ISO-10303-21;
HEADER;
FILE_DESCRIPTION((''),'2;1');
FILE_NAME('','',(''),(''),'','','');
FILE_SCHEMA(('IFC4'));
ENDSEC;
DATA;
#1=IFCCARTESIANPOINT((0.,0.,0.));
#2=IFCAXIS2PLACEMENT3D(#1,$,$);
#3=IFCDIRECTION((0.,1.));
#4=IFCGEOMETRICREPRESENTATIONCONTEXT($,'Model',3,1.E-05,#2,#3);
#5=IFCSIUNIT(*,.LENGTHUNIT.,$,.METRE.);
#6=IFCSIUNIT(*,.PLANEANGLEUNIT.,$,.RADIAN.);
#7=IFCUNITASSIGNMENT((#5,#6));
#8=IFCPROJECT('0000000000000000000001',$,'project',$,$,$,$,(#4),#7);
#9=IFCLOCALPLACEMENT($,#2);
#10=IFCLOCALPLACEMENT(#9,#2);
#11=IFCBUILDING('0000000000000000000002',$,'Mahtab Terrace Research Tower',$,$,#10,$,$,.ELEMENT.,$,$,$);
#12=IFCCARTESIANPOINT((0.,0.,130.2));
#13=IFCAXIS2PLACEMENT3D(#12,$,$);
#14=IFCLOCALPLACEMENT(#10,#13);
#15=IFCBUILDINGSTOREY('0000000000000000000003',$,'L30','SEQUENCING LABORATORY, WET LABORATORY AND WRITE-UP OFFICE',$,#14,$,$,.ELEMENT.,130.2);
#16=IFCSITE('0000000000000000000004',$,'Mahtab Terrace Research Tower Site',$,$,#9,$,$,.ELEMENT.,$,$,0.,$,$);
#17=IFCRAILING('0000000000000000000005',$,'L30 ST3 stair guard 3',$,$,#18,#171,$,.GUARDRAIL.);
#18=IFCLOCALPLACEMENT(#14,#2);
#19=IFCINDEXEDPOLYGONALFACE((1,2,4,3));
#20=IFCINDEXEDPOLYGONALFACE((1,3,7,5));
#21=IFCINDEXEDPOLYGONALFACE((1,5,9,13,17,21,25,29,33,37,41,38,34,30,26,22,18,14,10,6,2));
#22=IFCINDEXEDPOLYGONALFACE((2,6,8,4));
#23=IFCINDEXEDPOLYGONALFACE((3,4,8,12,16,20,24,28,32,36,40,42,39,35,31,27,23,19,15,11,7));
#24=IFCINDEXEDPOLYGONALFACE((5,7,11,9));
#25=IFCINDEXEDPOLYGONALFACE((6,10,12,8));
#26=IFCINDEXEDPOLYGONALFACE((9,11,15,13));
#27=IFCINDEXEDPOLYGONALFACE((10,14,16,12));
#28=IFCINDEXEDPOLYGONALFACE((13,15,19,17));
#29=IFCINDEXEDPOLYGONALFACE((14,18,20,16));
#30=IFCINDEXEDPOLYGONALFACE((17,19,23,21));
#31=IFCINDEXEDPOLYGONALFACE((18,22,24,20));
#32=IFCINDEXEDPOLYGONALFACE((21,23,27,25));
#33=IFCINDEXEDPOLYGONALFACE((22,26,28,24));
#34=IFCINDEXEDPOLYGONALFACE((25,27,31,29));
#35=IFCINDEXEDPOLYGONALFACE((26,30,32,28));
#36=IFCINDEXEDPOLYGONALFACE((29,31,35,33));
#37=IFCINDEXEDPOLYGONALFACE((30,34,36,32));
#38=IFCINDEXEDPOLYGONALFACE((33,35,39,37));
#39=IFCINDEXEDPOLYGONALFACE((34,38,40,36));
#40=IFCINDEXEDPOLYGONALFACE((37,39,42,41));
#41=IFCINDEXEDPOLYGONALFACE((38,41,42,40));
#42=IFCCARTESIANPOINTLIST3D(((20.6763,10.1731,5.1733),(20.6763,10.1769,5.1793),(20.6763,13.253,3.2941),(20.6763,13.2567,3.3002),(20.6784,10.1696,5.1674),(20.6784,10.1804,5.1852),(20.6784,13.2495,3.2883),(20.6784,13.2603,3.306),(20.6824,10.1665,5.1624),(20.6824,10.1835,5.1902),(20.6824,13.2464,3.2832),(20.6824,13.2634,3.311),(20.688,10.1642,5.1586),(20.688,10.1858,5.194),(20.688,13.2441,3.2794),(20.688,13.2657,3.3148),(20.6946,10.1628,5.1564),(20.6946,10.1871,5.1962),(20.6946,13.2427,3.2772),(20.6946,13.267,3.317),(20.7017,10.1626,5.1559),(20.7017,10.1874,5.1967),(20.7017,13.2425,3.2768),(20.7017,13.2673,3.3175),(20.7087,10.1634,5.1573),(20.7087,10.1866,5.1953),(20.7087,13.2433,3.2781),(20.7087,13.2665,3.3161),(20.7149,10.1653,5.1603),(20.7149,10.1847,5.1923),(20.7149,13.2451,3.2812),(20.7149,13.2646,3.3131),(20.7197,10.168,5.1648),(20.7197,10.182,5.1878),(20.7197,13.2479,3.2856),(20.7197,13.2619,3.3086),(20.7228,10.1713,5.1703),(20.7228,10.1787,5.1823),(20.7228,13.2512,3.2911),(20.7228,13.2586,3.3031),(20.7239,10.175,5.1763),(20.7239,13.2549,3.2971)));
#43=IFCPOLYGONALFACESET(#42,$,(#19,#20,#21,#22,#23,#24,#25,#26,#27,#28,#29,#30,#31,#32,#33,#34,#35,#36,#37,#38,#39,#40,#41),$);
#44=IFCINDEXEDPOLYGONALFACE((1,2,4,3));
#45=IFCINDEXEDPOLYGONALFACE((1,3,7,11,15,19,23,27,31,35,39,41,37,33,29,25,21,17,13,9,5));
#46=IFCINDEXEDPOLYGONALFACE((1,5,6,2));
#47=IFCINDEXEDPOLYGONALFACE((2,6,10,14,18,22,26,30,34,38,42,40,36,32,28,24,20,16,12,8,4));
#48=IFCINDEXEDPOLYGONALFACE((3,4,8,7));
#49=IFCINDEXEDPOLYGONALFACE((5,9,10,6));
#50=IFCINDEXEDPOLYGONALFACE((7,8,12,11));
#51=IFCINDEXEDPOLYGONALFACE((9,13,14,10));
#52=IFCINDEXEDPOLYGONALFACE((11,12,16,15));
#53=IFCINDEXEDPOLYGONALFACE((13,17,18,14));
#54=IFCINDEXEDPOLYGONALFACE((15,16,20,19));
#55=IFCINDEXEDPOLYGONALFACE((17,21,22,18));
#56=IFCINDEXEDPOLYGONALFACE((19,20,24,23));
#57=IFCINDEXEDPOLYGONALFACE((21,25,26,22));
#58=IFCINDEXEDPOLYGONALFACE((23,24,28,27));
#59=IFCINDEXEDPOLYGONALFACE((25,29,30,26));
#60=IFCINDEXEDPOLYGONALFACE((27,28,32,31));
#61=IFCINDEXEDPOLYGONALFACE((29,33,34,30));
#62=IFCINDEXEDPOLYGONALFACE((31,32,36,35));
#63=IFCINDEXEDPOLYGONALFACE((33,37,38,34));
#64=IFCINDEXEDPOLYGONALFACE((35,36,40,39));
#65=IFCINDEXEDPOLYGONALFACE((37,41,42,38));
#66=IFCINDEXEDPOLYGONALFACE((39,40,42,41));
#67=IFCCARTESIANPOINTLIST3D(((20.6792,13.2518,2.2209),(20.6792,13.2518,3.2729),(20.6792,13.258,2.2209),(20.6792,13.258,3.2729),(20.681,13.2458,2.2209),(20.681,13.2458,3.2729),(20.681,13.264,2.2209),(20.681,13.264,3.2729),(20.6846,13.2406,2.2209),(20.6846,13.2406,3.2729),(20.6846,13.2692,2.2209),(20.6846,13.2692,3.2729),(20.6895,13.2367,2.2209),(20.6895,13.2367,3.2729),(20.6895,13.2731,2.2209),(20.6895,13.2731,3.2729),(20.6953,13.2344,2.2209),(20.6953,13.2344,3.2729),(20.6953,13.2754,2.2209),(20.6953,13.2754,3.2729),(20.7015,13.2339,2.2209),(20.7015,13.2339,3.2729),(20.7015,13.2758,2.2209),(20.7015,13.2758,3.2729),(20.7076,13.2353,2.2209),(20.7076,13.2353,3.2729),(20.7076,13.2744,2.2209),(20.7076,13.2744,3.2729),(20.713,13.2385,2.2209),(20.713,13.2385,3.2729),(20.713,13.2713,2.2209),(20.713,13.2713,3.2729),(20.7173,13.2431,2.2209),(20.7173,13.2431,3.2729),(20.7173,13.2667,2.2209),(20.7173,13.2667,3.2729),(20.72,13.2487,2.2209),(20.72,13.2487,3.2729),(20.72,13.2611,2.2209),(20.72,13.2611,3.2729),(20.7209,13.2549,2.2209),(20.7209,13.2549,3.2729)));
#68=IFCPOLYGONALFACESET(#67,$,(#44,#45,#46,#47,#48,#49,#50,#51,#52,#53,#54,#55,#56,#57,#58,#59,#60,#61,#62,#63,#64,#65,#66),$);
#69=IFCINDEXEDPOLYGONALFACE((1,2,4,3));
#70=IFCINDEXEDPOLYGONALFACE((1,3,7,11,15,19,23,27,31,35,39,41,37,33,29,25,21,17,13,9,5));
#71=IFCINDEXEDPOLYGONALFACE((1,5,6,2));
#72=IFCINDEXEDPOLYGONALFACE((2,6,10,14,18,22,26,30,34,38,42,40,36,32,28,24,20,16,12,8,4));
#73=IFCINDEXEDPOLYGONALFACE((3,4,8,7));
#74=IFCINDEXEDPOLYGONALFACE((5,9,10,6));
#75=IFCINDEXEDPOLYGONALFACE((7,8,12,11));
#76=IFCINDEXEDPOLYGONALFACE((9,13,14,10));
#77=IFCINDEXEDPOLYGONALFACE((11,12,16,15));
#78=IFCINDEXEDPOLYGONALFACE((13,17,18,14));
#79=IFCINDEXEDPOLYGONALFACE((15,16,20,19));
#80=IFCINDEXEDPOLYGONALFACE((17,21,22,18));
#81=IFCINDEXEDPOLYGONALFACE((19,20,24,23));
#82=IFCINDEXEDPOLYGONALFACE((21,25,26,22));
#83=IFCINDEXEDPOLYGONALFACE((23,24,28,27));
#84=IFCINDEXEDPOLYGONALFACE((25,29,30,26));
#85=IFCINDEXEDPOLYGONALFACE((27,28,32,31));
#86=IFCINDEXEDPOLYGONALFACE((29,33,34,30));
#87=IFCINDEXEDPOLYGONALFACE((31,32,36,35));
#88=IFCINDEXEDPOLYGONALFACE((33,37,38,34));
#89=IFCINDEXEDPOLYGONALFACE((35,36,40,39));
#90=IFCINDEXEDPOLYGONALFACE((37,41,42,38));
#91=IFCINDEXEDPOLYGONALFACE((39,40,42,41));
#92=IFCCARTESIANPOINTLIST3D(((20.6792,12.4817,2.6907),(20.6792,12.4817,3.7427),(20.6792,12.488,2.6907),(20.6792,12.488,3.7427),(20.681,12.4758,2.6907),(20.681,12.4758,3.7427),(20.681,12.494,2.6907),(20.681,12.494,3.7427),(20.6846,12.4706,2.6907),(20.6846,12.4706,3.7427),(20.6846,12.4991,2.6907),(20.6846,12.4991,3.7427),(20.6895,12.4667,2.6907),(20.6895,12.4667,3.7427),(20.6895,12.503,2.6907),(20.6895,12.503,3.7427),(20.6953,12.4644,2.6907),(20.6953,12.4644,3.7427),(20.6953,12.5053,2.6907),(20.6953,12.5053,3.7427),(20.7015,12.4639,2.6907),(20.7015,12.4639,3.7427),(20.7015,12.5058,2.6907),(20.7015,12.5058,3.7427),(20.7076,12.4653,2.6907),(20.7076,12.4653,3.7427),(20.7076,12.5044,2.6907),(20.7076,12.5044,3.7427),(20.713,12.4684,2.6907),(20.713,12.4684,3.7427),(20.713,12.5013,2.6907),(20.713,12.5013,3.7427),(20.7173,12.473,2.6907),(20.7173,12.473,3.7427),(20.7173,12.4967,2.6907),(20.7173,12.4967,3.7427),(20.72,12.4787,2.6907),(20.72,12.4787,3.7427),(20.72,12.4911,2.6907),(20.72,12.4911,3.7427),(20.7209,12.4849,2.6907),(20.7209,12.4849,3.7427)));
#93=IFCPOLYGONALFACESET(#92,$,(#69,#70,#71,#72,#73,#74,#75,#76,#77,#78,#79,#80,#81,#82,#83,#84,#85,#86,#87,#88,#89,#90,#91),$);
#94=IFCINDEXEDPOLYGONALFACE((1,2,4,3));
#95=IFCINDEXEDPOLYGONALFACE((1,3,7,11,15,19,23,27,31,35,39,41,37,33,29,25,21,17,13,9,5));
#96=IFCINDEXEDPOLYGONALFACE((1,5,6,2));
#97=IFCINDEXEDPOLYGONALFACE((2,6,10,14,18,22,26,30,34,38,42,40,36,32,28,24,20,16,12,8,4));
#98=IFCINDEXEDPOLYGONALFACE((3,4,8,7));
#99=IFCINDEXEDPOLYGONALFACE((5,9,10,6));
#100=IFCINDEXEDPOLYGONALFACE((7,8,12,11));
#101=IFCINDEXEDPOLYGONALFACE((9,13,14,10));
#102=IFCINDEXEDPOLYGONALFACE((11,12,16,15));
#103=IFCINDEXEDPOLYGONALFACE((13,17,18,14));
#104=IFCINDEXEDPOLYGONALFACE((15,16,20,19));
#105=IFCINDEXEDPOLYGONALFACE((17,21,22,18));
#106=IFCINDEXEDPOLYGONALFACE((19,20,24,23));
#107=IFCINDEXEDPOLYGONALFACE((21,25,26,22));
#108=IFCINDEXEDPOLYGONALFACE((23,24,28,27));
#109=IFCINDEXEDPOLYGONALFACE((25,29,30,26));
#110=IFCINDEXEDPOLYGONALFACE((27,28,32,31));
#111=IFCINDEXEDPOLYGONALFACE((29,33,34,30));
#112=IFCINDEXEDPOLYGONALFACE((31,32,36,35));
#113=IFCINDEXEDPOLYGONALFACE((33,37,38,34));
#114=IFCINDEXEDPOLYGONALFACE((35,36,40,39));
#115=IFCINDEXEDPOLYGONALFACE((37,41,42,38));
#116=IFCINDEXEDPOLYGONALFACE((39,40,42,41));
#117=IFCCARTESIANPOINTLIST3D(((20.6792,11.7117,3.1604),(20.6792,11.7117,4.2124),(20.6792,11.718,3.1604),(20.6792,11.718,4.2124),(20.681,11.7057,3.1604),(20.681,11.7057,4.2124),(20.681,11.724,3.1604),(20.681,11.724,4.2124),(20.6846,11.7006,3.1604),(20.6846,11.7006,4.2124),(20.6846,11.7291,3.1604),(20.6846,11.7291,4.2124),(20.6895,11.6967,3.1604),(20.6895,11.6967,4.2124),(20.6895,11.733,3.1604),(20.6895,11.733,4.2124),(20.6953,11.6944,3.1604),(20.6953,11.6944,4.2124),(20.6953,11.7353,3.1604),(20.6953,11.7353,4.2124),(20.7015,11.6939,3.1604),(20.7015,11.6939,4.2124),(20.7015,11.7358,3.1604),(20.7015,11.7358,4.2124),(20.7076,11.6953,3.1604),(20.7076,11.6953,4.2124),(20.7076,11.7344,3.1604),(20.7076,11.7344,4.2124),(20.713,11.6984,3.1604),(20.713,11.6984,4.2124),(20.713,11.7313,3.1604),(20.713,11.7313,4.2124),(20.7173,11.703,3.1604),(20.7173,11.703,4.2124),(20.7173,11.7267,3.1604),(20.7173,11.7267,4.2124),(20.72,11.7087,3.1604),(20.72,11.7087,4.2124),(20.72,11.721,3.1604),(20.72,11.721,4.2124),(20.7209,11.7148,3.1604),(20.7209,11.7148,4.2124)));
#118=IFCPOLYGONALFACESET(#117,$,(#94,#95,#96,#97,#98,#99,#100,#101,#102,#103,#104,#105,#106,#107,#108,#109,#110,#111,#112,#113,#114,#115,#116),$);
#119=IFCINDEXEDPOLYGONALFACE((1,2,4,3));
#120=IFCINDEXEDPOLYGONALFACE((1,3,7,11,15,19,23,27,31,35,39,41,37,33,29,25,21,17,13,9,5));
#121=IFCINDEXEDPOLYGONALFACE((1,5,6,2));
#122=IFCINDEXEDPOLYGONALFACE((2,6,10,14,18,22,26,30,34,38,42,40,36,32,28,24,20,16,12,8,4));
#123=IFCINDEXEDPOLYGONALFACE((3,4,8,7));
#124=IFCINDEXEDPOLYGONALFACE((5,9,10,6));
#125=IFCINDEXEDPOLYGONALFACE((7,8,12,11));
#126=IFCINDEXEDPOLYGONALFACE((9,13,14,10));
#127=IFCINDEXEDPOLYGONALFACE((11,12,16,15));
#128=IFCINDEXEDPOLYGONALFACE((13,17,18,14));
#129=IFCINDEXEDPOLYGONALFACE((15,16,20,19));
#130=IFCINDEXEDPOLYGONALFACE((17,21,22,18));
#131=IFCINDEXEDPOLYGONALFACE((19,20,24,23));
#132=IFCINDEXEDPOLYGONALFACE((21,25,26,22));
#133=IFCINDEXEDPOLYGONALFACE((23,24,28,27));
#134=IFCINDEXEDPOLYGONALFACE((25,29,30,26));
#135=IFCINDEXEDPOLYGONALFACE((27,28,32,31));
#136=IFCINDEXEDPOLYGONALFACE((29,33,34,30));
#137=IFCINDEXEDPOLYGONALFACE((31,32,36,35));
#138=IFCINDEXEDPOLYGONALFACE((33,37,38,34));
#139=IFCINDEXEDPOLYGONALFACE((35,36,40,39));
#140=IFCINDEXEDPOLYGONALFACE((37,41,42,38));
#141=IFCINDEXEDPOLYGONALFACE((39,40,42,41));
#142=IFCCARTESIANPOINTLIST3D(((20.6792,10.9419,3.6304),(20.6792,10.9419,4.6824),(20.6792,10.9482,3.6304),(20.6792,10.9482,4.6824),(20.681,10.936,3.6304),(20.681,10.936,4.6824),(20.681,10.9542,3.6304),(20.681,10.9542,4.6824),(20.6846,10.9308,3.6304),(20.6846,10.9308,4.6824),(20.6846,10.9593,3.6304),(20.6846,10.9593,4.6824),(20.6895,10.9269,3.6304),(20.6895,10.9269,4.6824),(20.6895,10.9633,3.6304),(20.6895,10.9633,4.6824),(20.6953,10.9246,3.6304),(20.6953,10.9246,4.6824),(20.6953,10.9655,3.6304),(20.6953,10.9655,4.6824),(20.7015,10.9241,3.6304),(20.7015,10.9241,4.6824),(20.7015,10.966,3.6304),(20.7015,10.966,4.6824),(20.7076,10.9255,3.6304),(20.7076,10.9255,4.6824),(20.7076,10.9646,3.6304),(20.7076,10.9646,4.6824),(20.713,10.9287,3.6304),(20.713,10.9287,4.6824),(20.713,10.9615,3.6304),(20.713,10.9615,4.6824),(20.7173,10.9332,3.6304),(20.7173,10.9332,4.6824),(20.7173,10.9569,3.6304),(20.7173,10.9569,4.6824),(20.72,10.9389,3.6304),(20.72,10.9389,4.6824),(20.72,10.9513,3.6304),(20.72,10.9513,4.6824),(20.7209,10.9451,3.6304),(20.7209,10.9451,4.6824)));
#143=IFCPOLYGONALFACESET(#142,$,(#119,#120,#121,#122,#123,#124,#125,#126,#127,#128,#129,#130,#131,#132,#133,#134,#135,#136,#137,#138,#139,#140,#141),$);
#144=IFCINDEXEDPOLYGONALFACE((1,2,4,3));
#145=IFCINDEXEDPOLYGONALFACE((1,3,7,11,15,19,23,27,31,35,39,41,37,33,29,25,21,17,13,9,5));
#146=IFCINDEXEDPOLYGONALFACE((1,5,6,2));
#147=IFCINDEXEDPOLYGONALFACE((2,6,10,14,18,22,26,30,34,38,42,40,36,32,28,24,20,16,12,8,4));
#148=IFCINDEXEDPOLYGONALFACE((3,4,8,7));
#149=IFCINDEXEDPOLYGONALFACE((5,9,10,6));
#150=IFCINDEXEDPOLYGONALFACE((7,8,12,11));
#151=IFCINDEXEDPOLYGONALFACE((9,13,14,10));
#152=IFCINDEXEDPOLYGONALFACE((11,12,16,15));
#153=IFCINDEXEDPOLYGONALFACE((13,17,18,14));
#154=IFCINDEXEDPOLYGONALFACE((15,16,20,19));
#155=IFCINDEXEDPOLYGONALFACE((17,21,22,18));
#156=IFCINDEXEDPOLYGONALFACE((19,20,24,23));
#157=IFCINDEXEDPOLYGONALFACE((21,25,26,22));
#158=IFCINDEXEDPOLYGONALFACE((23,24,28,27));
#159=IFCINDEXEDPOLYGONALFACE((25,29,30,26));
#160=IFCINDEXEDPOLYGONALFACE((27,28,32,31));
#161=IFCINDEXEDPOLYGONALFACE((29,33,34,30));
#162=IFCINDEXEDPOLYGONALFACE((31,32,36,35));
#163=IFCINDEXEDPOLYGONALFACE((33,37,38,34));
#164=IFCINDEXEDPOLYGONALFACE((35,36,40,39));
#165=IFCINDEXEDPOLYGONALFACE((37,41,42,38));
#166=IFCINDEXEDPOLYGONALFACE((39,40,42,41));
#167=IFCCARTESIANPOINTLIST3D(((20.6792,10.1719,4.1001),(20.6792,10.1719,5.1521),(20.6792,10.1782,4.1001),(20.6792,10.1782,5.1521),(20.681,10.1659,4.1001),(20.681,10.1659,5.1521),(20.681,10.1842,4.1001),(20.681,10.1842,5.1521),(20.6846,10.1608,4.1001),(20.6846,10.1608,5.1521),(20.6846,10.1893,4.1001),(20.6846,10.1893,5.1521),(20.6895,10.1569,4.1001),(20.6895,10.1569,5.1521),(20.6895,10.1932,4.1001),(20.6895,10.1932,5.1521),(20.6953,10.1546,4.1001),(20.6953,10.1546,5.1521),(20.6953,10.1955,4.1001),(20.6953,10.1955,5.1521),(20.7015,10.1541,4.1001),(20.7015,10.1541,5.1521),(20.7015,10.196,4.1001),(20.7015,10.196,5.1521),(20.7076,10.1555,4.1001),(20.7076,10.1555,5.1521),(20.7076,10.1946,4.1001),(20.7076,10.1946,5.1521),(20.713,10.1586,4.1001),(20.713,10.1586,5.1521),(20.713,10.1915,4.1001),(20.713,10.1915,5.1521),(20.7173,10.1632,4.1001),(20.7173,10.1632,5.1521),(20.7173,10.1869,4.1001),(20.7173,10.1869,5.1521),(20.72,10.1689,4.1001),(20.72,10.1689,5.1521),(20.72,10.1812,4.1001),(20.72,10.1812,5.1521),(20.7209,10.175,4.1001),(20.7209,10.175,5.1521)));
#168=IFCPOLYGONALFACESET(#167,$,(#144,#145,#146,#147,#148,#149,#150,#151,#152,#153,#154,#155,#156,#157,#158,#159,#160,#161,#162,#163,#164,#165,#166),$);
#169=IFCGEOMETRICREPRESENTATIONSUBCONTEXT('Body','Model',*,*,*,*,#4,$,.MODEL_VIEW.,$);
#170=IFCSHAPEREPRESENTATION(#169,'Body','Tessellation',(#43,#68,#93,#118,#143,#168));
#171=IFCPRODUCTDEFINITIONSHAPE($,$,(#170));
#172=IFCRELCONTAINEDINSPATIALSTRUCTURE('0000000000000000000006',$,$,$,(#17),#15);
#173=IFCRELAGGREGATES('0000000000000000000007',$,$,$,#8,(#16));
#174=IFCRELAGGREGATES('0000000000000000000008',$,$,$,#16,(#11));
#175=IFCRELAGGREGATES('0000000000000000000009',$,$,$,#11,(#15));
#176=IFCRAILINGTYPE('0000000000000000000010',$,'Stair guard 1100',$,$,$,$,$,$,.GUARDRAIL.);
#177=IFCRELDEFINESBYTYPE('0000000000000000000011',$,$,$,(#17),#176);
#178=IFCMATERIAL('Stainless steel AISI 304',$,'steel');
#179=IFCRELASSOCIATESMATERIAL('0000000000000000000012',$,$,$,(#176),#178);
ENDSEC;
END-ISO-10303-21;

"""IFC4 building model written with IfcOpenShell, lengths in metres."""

from ifc_helpers import new_model, si_unit, direction, frame, origin, origin_2d, place, context, subcontext, project, spatial, circle, extrude, material, type_object, element, save


model = new_model("IFC4")

# Units and contexts
model_context = context("Model", 3, precision=1e-05, world=origin(), true_north=direction((0.0, 1.0)))
body_context = subcontext(model_context, "Body", "Model", "MODEL_VIEW")
ifc_project = project(units=[si_unit("LENGTHUNIT", "METRE"), si_unit("PLANEANGLEUNIT", "RADIAN")], contexts=[model_context])

# Site, building, storey
site_placement = place(None, origin())
site = spatial("IfcSite", under=ifc_project, at=site_placement, Name="Mahtab Terrace Research Tower Site", CompositionType="ELEMENT", RefElevation=0.0)
building_placement = place(site_placement, origin())
building = spatial("IfcBuilding", under=site, at=building_placement, Name="Mahtab Terrace Research Tower", CompositionType="ELEMENT")
storey_placement = place(building_placement, frame((0.0, 0.0, 130.2)))
storey = spatial("IfcBuildingStorey", under=building, at=storey_placement, Name="L30", Description="SEQUENCING LABORATORY, WET LABORATORY AND WRITE-UP OFFICE", CompositionType="ELEMENT", Elevation=130.2)

# Railing
ifc_material_1 = material(Name="Stainless steel AISI 304", Category="steel")
railing_type_1 = type_object("IfcRailingType", Name="Stair guard 1100", PredefinedType="GUARDRAIL", material=ifc_material_1)
railing_1_placement = place(storey_placement, frame((20.7, 13.2549, 2.2209)))
element("IfcRailing", 1, at=railing_1_placement, inside=storey, type_object=railing_type_1, Name="L30 ST3 stair guard 3", PredefinedType="GUARDRAIL", context=body_context, shape_type="SweptSolid", body=[
    extrude(circle(Radius=0.0239, at=origin_2d()), frame((0.0, 0.0, 1.0762), z_axis=(0.0, -0.853648, 0.52085), x_axis=(1.0, 0.0, 0.0)), (0.0, 0.0, 1.0), 3.6079),
    extrude(circle(Radius=0.021, at=origin_2d()), origin(), (0.0, 0.0, 1.0), 1.052),
    extrude(circle(Radius=0.021, at=origin_2d()), frame((0.0, -0.77, 0.4697)), (0.0, 0.0, 1.0), 1.052),
    extrude(circle(Radius=0.021, at=origin_2d()), frame((0.0, -1.54, 0.9395)), (0.0, 0.0, 1.0), 1.052),
    extrude(circle(Radius=0.021, at=origin_2d()), frame((0.0, -2.3098, 1.4094)), (0.0, 0.0, 1.0), 1.052),
    extrude(circle(Radius=0.021, at=origin_2d()), frame((0.0, -3.0798, 1.8792)), (0.0, 0.0, 1.0), 1.052),
])

save(model, "model.ifc")
